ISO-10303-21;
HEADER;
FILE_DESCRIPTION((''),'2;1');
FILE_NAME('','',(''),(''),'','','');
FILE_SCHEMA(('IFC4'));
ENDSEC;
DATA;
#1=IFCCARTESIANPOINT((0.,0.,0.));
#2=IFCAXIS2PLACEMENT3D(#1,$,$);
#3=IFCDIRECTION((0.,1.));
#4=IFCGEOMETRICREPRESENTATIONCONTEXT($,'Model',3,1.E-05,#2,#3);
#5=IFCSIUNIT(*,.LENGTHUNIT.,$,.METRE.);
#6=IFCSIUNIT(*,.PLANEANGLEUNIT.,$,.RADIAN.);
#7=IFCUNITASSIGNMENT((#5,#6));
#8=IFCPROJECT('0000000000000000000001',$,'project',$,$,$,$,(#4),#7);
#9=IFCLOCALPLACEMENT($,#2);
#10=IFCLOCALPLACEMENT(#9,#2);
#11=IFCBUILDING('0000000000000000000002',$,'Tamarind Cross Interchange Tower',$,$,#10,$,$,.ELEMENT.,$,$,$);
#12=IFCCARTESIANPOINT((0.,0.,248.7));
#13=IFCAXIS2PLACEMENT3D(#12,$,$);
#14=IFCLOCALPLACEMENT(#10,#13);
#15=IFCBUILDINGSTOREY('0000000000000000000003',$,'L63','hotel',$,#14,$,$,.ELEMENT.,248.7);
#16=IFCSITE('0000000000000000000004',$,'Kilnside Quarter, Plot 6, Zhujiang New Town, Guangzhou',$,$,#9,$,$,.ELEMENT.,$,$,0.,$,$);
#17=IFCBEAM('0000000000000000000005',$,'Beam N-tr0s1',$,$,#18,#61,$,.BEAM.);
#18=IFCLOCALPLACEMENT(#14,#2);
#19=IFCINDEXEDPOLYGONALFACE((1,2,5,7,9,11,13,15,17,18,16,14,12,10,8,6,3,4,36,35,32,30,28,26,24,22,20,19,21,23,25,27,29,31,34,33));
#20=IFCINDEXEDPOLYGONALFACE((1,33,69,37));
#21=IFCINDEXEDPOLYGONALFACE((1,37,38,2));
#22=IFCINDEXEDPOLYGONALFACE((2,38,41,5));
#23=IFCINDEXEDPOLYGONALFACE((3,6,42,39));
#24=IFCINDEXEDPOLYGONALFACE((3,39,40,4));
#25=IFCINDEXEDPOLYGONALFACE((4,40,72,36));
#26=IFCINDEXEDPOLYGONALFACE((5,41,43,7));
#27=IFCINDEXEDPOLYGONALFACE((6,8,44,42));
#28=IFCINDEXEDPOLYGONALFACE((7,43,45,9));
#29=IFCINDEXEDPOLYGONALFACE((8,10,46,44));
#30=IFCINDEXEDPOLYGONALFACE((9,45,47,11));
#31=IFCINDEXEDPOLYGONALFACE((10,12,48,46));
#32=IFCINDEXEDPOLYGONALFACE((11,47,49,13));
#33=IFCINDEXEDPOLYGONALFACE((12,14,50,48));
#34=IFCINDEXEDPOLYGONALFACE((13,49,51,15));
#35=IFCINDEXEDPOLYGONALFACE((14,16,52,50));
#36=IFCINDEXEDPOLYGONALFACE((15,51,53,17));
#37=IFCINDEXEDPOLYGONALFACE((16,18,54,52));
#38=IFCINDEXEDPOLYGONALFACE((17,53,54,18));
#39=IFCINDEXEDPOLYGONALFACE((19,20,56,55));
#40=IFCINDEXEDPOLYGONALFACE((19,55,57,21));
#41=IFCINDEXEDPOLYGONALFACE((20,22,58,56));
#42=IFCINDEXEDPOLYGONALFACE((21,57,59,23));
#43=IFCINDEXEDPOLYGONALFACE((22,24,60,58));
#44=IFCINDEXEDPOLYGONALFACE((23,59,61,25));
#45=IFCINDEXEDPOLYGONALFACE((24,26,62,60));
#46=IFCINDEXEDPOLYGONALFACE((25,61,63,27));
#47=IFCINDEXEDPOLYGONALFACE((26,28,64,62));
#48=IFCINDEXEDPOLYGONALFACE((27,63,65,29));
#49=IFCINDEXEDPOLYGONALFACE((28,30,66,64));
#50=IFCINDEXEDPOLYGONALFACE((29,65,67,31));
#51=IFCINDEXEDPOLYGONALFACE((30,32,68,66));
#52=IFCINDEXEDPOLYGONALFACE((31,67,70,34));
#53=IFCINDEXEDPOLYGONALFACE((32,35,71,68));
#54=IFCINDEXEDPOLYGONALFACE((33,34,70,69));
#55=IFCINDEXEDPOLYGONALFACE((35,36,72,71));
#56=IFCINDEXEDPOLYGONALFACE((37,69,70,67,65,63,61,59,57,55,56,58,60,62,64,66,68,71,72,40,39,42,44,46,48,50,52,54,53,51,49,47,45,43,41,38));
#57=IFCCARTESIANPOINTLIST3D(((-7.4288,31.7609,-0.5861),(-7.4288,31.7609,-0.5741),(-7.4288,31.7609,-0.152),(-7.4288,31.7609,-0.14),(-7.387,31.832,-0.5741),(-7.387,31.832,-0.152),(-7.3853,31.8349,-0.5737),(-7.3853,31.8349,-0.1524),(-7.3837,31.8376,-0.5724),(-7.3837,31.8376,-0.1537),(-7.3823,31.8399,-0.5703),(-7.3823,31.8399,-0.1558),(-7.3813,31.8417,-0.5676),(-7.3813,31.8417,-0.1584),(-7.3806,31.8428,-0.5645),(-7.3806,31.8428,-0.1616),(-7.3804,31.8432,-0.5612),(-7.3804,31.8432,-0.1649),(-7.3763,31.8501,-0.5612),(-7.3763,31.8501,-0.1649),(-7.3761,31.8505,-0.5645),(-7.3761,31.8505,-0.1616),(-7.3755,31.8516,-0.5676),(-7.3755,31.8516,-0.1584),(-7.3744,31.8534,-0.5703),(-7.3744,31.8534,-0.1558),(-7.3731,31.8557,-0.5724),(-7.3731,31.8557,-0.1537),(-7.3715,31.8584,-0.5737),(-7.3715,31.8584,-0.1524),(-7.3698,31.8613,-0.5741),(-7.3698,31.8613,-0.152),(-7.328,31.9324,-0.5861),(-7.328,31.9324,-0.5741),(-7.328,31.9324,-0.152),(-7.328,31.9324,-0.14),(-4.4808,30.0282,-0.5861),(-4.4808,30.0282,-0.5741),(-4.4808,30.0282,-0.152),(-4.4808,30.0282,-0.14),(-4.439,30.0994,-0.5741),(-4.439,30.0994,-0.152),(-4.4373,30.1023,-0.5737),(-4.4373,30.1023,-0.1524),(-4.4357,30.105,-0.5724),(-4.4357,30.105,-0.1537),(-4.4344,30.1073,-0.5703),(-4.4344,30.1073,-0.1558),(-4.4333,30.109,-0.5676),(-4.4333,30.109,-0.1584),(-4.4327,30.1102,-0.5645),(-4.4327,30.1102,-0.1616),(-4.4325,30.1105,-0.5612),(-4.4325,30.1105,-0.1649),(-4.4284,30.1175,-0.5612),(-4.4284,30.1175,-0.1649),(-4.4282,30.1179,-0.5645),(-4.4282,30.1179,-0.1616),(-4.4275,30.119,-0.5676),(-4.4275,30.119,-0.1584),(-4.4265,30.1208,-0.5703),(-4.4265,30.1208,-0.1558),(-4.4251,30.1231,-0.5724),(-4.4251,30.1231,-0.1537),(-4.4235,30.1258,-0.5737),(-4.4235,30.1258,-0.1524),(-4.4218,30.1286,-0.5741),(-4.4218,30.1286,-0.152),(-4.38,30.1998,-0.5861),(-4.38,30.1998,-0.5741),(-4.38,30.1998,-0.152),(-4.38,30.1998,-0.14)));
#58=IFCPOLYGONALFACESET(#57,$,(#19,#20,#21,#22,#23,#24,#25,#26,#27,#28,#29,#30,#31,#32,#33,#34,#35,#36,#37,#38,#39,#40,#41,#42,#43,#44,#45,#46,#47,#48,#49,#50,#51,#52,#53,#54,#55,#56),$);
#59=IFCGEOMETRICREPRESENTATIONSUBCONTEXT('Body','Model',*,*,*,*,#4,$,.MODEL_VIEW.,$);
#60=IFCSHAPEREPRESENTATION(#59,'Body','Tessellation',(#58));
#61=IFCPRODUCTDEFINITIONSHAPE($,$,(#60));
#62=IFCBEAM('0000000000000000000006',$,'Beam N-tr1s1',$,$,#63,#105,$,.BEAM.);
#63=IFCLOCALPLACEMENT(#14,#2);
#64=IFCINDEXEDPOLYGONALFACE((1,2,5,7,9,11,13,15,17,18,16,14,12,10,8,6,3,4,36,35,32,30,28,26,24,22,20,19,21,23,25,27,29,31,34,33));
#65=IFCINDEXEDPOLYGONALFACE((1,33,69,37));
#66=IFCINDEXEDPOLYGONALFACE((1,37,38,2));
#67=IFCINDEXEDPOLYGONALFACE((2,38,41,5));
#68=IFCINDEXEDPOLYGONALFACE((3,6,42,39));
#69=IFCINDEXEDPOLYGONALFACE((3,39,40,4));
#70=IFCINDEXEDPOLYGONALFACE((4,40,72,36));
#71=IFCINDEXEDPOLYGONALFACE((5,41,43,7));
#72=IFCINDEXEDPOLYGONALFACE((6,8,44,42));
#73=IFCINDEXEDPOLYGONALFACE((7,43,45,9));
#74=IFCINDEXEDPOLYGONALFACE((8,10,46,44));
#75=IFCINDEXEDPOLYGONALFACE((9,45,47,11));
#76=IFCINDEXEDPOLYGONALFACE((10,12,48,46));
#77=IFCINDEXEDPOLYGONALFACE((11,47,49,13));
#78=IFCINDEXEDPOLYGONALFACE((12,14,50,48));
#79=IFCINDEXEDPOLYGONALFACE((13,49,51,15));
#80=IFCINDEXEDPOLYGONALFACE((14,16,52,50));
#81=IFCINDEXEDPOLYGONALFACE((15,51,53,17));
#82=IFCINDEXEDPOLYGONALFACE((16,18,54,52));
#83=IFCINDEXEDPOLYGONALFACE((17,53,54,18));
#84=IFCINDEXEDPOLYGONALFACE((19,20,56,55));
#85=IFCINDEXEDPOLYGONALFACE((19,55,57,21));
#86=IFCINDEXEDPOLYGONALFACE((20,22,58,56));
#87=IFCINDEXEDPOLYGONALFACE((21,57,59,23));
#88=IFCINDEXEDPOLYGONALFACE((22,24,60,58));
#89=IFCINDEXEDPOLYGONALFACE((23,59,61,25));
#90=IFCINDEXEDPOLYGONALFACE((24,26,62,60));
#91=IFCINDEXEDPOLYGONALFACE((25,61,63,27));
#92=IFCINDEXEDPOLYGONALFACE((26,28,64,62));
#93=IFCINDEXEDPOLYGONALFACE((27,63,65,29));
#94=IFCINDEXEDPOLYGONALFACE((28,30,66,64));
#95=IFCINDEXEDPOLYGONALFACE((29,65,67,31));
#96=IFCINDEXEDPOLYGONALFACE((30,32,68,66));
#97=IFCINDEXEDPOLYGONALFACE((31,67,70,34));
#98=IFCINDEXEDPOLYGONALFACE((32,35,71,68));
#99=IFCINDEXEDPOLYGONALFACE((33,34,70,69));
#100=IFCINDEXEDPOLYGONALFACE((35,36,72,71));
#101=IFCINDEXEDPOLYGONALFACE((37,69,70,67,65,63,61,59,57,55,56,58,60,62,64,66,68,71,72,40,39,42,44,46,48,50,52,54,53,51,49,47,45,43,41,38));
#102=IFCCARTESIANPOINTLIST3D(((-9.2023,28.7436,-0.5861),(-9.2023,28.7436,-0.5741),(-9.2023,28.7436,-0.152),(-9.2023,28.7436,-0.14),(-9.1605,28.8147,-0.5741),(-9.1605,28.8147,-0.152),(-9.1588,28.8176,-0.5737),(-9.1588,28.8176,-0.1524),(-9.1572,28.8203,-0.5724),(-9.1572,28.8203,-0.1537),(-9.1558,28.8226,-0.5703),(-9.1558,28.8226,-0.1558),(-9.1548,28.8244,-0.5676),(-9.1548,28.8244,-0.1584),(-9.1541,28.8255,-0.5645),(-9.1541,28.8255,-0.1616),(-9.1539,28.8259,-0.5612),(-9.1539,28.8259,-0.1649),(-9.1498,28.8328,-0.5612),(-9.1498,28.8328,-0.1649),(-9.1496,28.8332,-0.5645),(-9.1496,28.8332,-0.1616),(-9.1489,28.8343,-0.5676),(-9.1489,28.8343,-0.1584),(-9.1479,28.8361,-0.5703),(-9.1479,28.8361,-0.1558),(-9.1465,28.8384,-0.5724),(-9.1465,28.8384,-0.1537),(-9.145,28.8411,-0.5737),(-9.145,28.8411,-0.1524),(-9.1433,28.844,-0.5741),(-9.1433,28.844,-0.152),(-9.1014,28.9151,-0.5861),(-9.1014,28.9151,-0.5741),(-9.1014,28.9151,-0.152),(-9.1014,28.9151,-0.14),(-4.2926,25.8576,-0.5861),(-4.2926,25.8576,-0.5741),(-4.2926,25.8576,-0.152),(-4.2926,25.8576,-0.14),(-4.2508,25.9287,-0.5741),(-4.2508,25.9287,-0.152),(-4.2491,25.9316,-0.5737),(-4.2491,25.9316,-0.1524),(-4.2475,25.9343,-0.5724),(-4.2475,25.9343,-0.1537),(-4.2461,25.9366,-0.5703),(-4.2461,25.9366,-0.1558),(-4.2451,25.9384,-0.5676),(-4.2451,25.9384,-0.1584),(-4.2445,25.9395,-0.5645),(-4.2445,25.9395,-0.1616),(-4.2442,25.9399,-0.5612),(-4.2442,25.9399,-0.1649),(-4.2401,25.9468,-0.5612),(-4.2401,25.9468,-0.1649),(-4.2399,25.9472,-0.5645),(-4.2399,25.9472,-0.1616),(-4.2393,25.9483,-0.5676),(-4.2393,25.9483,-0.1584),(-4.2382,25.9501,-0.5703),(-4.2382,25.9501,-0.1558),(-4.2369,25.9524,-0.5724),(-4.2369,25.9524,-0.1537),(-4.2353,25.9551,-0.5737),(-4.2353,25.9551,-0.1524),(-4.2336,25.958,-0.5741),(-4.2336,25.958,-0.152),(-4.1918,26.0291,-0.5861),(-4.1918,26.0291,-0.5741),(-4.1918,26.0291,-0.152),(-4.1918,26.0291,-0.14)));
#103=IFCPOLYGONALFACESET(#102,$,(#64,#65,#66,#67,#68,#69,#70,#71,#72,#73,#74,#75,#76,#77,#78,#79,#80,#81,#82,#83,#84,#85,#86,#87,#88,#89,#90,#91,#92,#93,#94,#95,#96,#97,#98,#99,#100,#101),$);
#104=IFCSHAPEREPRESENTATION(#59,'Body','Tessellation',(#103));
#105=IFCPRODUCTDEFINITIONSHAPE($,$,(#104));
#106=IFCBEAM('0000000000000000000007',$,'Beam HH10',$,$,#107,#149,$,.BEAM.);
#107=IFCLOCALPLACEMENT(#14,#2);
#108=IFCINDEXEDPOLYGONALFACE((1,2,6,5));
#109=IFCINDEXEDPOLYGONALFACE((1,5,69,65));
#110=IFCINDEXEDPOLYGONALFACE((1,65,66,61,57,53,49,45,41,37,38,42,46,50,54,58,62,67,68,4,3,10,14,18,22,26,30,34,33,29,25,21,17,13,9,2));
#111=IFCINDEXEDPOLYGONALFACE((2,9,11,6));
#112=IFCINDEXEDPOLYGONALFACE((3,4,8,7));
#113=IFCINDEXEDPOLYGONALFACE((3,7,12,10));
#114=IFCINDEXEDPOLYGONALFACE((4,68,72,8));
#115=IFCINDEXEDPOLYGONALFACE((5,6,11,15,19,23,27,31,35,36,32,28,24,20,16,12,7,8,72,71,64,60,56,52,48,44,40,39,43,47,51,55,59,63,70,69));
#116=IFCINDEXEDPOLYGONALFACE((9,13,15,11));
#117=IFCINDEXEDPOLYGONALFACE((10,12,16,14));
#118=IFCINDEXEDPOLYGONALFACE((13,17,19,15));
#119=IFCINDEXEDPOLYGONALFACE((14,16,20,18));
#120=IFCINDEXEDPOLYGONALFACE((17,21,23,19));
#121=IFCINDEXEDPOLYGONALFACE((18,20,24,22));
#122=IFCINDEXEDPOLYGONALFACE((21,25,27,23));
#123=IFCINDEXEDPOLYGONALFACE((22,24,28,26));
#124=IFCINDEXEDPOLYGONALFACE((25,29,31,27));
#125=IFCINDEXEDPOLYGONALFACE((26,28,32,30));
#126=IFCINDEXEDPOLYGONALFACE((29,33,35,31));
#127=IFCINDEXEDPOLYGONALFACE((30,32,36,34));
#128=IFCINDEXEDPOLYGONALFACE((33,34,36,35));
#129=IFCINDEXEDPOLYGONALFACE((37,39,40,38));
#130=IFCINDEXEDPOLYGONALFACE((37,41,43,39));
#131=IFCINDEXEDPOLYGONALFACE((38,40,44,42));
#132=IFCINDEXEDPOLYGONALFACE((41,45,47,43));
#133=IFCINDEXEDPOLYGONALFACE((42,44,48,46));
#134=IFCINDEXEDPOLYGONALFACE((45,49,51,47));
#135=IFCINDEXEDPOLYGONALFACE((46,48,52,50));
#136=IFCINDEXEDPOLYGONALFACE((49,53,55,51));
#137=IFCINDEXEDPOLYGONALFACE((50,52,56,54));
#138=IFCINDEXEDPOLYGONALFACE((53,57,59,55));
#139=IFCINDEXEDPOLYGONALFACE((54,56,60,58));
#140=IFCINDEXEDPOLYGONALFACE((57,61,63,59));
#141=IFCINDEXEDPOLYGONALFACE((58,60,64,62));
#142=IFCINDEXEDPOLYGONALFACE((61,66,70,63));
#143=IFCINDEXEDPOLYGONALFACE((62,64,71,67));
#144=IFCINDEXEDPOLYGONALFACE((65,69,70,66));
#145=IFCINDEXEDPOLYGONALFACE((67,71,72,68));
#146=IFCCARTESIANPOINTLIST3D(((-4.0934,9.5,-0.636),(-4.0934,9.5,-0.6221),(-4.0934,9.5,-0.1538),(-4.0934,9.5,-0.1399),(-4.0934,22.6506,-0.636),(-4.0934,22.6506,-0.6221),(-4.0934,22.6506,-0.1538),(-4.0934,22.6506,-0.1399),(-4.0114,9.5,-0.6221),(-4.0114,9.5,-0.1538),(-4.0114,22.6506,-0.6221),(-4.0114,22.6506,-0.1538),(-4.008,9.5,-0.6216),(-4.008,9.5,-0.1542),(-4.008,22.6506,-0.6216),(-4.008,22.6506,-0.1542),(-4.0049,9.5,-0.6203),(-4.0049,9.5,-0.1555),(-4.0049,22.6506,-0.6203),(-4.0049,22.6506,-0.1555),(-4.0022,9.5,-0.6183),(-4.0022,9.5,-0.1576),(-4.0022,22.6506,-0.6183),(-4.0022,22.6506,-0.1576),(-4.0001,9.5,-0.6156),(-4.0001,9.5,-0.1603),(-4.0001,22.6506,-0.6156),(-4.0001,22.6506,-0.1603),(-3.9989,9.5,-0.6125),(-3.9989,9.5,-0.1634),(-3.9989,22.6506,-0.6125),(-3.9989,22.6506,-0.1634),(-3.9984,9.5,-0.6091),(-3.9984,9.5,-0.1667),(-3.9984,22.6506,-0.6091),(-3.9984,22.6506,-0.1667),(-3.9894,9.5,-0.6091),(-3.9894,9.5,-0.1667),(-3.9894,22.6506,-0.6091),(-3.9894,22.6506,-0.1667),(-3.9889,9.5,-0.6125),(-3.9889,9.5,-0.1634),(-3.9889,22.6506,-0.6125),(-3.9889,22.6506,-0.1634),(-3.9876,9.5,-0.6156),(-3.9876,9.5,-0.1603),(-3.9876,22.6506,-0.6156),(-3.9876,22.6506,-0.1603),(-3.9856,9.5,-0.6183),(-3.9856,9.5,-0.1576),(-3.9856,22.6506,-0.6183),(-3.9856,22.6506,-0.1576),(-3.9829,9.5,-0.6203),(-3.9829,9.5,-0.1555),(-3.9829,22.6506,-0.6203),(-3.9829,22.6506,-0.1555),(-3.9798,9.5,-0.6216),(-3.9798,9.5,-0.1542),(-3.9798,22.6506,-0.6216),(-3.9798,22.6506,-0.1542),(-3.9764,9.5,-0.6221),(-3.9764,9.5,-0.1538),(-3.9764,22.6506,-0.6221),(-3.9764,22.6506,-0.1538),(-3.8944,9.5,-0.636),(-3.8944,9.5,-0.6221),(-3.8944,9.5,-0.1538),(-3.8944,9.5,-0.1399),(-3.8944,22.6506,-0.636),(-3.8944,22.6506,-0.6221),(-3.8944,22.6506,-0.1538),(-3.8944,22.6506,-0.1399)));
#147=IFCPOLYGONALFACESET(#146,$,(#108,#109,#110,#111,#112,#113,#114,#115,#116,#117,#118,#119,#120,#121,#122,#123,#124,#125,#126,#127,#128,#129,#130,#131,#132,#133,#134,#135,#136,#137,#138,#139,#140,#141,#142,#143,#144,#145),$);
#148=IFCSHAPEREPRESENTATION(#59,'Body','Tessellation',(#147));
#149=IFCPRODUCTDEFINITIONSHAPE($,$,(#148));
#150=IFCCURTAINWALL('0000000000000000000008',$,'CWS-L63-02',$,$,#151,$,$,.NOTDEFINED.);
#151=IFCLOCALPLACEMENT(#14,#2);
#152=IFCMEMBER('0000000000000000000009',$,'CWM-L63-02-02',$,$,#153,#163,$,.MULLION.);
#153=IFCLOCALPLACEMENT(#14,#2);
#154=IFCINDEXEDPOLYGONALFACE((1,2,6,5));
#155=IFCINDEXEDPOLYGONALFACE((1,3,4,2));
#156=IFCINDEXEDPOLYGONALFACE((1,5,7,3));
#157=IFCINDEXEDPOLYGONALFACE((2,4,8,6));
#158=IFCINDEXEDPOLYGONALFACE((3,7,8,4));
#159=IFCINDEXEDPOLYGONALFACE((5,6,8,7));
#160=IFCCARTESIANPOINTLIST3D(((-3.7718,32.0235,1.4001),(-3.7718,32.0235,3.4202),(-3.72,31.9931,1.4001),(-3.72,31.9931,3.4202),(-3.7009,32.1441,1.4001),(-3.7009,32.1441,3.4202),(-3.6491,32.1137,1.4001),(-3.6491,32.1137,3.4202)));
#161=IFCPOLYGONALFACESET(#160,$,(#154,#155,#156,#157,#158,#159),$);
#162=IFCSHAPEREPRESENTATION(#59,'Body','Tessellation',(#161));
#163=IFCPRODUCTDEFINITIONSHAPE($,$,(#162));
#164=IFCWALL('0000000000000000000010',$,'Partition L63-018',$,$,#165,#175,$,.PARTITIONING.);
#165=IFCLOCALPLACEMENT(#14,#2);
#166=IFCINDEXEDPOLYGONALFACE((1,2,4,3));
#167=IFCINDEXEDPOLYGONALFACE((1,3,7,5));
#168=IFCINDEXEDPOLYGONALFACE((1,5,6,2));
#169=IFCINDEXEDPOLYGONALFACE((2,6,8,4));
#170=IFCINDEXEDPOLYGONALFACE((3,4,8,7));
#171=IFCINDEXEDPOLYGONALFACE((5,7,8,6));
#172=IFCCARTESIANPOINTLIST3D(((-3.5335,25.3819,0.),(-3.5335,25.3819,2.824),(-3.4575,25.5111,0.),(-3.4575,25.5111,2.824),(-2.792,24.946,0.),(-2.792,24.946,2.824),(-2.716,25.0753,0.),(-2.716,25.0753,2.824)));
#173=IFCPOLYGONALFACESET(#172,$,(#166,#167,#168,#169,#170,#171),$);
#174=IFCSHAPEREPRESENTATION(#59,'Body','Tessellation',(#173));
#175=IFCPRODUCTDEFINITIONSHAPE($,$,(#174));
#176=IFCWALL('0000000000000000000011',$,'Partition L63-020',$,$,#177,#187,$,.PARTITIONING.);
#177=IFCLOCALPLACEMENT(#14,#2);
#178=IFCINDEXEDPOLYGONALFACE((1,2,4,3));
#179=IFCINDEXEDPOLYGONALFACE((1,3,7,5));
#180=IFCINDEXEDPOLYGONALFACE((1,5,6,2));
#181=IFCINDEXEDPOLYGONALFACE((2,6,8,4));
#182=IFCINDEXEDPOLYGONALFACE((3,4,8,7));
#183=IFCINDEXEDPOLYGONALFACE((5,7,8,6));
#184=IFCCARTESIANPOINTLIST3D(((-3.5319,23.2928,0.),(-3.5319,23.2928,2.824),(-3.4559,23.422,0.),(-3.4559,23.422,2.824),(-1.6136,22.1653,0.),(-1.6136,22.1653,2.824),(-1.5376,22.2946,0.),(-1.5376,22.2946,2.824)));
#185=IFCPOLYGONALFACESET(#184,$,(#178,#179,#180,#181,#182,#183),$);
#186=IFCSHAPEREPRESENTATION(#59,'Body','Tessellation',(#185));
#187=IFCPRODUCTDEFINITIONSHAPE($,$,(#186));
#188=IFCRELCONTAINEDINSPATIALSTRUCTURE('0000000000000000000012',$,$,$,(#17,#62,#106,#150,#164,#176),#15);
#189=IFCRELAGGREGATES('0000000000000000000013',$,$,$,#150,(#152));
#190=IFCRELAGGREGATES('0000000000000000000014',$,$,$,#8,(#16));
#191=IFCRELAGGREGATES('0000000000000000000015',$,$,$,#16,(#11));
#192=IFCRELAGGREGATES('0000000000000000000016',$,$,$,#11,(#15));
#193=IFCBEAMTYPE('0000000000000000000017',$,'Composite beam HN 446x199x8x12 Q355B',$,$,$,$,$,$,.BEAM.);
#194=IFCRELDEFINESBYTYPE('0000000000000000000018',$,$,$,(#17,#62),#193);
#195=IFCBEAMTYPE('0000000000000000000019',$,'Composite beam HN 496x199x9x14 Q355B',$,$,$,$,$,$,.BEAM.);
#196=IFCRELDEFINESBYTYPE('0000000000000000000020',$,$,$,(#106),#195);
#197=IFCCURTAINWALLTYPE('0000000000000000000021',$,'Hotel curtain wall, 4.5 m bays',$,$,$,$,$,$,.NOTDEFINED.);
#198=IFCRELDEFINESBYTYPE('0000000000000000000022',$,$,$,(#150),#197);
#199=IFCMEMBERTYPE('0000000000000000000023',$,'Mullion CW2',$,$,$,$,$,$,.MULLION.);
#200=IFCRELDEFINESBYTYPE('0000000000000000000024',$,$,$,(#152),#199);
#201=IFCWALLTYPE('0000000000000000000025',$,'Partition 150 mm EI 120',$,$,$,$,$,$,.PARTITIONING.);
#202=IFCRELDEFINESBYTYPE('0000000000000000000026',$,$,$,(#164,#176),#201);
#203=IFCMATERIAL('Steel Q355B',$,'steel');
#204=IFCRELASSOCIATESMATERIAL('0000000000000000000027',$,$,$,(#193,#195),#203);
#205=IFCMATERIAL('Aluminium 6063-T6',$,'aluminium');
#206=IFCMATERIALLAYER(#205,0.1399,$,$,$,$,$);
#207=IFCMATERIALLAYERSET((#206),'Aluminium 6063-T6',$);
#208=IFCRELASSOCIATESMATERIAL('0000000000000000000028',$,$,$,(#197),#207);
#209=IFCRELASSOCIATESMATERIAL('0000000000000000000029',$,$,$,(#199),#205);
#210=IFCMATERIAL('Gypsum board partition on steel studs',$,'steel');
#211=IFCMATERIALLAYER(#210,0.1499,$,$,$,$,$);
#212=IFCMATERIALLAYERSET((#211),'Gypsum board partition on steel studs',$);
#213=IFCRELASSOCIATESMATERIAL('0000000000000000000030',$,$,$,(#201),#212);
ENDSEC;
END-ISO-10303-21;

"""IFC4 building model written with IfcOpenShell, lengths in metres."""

from ifc_helpers import new_model, si_unit, direction, frame, frame_2d, origin, origin_2d, place, context, subcontext, project, spatial, rectangle, i_section, extrude, material, layer, layer_set, material_profile, profile_set, type_object, element, aggregate, save


model = new_model("IFC4")

# Units and contexts
model_context = context("Model", 3, precision=1e-05, world=origin(), true_north=direction((0.0, 1.0)))
body_context = subcontext(model_context, "Body", "Model", "MODEL_VIEW")
ifc_project = project(units=[si_unit("LENGTHUNIT", "METRE"), si_unit("PLANEANGLEUNIT", "RADIAN")], contexts=[model_context])

# Site, building, storey
site_placement = place(None, origin())
site = spatial("IfcSite", under=ifc_project, at=site_placement, Name="Kilnside Quarter, Plot 6, Zhujiang New Town, Guangzhou", CompositionType="ELEMENT", RefElevation=0.0)
building_placement = place(site_placement, origin())
building = spatial("IfcBuilding", under=site, at=building_placement, Name="Tamarind Cross Interchange Tower", CompositionType="ELEMENT")
storey_placement = place(building_placement, frame((0.0, 0.0, 248.7)))
storey = spatial("IfcBuildingStorey", under=building, at=storey_placement, Name="L63", Description="hotel", CompositionType="ELEMENT", Elevation=248.7)

# Beams
ifc_material_1 = material(Name="Steel Q355B", Category="steel")
ifc_material_profile_1 = material_profile(ifc_material_1, i_section(OverallWidth=0.199, OverallDepth=0.446, WebThickness=0.0081, FlangeThickness=0.012, FilletRadius=0.0129, at=origin_2d()), Name="HN 446x199x8x12")
ifc_profile_set_1 = profile_set([ifc_material_profile_1], Name="Steel Q355B")
beam_type_1 = type_object("IfcBeamType", Name="Composite beam HN 446x199x8x12 Q355B", PredefinedType="BEAM", material=ifc_profile_set_1)
beam_1_placement = place(storey_placement, frame((-4.4304, 30.114, -0.363), z_axis=(-0.86212, 0.506705, 0.0), x_axis=(-0.506705, -0.86212, 0.0)))
element("IfcBeam", 1, at=beam_1_placement, inside=storey, type_object=beam_type_1, Name="Beam N-tr0s1", PredefinedType="BEAM", context=body_context, shape_type="SweptSolid", body=[
    extrude(i_section(OverallWidth=0.199, OverallDepth=0.446, WebThickness=0.0081, FlangeThickness=0.012, FilletRadius=0.0129, at=origin_2d()), origin(), (0.0, 0.0, 1.0), 3.4194),
])
beam_2_placement = place(storey_placement, frame((-4.2422, 25.9434, -0.363), z_axis=(-0.862092, 0.506752, 0.0), x_axis=(-0.506752, -0.862092, 0.0)))
element("IfcBeam", 2, at=beam_2_placement, inside=storey, type_object=beam_type_1, Name="Beam N-tr1s1", PredefinedType="BEAM", context=body_context, shape_type="SweptSolid", body=[
    extrude(i_section(OverallWidth=0.199, OverallDepth=0.446, WebThickness=0.0081, FlangeThickness=0.012, FilletRadius=0.0129, at=origin_2d()), origin(), (0.0, 0.0, 1.0), 5.6951),
])
ifc_material_profile_2 = material_profile(ifc_material_1, i_section(OverallWidth=0.199, OverallDepth=0.4961, WebThickness=0.009, FlangeThickness=0.0139, FilletRadius=0.0129, at=origin_2d()), Name="HN 496x199x9x14")
ifc_profile_set_2 = profile_set([ifc_material_profile_2], Name="Steel Q355B")
beam_type_2 = type_object("IfcBeamType", Name="Composite beam HN 496x199x9x14 Q355B", PredefinedType="BEAM", material=ifc_profile_set_2)
beam_3_placement = place(storey_placement, frame((-3.9939, 22.6506, -0.3879), z_axis=(0.0, -1.0, 0.0), x_axis=(1.0, 0.0, 0.0)))
element("IfcBeam", 3, at=beam_3_placement, inside=storey, type_object=beam_type_2, Name="Beam HH10", PredefinedType="BEAM", context=body_context, shape_type="SweptSolid", body=[
    extrude(i_section(OverallWidth=0.199, OverallDepth=0.4961, WebThickness=0.009, FlangeThickness=0.0139, FilletRadius=0.0129, at=origin_2d()), origin(), (0.0, 0.0, 1.0), 13.1506),
])

# Curtain wall, member
ifc_material_2 = material(Name="Aluminium 6063-T6", Category="aluminium")
ifc_layer_1 = layer(ifc_material_2, 0.1399)
ifc_layer_set_1 = layer_set([ifc_layer_1], Name="Aluminium 6063-T6")
curtain_wall_type = type_object("IfcCurtainWallType", Name="Hotel curtain wall, 4.5 m bays", PredefinedType="NOTDEFINED", material=ifc_layer_set_1)
curtain_wall_placement = place(storey_placement, origin())
curtain_wall = element("IfcCurtainWall", 4, at=curtain_wall_placement, inside=storey, type_object=curtain_wall_type, Name="CWS-L63-02", PredefinedType="NOTDEFINED")
ifc_material_profile_3 = material_profile(ifc_material_2, rectangle(XDim=0.0601, YDim=0.1399, at=origin_2d()), Name="Mullion CW2")
ifc_profile_set_3 = profile_set([ifc_material_profile_3], Name="Aluminium 6063-T6")
member_type = type_object("IfcMemberType", Name="Mullion CW2", PredefinedType="MULLION", material=ifc_profile_set_3)
member_placement = place(storey_placement, frame((-3.7104, 32.0686, 1.4001), z_axis=(0.0, 0.0, 1.0), x_axis=(-0.862104, 0.506732, 0.0)))
member = element("IfcMember", 5, at=member_placement, type_object=member_type, Name="CWM-L63-02-02", PredefinedType="MULLION", context=body_context, shape_type="SweptSolid", body=[
    extrude(rectangle(XDim=0.0601, YDim=0.1399, at=origin_2d()), origin(), (0.0, 0.0, 1.0), 2.02),
])
aggregate(curtain_wall, [member])

# Walls
ifc_material_3 = material(Name="Gypsum board partition on steel studs", Category="steel")
ifc_layer_2 = layer(ifc_material_3, 0.1499)
ifc_layer_set_2 = layer_set([ifc_layer_2], Name="Gypsum board partition on steel studs")
wall_type_1 = type_object("IfcWallType", Name="Partition 150 mm EI 120", PredefinedType="PARTITIONING", material=ifc_layer_set_2)
wall_1_placement = place(storey_placement, frame((-3.4956, 25.4465, 0.0), z_axis=(0.0, 0.0, 1.0), x_axis=(0.862117, -0.50671, 0.0)))
element("IfcWall", 6, at=wall_1_placement, inside=storey, type_object=wall_type_1, Name="Partition L63-018", PredefinedType="PARTITIONING", context=body_context, shape_type="SweptSolid", body=[
    extrude(rectangle(XDim=0.8601, YDim=0.1499, at=frame_2d((0.4302, 0.0))), origin(), (0.0, 0.0, 1.0), 2.824),
])
wall_2_placement = place(storey_placement, frame((-3.4939, 23.3574, 0.0), z_axis=(0.0, 0.0, 1.0), x_axis=(0.862115, -0.506713, 0.0)))
element("IfcWall", 7, at=wall_2_placement, inside=storey, type_object=wall_type_1, Name="Partition L63-020", PredefinedType="PARTITIONING", context=body_context, shape_type="SweptSolid", body=[
    extrude(rectangle(XDim=2.2251, YDim=0.1499, at=frame_2d((1.1125, 0.0))), origin(), (0.0, 0.0, 1.0), 2.824),
])

save(model, "model.ifc")
